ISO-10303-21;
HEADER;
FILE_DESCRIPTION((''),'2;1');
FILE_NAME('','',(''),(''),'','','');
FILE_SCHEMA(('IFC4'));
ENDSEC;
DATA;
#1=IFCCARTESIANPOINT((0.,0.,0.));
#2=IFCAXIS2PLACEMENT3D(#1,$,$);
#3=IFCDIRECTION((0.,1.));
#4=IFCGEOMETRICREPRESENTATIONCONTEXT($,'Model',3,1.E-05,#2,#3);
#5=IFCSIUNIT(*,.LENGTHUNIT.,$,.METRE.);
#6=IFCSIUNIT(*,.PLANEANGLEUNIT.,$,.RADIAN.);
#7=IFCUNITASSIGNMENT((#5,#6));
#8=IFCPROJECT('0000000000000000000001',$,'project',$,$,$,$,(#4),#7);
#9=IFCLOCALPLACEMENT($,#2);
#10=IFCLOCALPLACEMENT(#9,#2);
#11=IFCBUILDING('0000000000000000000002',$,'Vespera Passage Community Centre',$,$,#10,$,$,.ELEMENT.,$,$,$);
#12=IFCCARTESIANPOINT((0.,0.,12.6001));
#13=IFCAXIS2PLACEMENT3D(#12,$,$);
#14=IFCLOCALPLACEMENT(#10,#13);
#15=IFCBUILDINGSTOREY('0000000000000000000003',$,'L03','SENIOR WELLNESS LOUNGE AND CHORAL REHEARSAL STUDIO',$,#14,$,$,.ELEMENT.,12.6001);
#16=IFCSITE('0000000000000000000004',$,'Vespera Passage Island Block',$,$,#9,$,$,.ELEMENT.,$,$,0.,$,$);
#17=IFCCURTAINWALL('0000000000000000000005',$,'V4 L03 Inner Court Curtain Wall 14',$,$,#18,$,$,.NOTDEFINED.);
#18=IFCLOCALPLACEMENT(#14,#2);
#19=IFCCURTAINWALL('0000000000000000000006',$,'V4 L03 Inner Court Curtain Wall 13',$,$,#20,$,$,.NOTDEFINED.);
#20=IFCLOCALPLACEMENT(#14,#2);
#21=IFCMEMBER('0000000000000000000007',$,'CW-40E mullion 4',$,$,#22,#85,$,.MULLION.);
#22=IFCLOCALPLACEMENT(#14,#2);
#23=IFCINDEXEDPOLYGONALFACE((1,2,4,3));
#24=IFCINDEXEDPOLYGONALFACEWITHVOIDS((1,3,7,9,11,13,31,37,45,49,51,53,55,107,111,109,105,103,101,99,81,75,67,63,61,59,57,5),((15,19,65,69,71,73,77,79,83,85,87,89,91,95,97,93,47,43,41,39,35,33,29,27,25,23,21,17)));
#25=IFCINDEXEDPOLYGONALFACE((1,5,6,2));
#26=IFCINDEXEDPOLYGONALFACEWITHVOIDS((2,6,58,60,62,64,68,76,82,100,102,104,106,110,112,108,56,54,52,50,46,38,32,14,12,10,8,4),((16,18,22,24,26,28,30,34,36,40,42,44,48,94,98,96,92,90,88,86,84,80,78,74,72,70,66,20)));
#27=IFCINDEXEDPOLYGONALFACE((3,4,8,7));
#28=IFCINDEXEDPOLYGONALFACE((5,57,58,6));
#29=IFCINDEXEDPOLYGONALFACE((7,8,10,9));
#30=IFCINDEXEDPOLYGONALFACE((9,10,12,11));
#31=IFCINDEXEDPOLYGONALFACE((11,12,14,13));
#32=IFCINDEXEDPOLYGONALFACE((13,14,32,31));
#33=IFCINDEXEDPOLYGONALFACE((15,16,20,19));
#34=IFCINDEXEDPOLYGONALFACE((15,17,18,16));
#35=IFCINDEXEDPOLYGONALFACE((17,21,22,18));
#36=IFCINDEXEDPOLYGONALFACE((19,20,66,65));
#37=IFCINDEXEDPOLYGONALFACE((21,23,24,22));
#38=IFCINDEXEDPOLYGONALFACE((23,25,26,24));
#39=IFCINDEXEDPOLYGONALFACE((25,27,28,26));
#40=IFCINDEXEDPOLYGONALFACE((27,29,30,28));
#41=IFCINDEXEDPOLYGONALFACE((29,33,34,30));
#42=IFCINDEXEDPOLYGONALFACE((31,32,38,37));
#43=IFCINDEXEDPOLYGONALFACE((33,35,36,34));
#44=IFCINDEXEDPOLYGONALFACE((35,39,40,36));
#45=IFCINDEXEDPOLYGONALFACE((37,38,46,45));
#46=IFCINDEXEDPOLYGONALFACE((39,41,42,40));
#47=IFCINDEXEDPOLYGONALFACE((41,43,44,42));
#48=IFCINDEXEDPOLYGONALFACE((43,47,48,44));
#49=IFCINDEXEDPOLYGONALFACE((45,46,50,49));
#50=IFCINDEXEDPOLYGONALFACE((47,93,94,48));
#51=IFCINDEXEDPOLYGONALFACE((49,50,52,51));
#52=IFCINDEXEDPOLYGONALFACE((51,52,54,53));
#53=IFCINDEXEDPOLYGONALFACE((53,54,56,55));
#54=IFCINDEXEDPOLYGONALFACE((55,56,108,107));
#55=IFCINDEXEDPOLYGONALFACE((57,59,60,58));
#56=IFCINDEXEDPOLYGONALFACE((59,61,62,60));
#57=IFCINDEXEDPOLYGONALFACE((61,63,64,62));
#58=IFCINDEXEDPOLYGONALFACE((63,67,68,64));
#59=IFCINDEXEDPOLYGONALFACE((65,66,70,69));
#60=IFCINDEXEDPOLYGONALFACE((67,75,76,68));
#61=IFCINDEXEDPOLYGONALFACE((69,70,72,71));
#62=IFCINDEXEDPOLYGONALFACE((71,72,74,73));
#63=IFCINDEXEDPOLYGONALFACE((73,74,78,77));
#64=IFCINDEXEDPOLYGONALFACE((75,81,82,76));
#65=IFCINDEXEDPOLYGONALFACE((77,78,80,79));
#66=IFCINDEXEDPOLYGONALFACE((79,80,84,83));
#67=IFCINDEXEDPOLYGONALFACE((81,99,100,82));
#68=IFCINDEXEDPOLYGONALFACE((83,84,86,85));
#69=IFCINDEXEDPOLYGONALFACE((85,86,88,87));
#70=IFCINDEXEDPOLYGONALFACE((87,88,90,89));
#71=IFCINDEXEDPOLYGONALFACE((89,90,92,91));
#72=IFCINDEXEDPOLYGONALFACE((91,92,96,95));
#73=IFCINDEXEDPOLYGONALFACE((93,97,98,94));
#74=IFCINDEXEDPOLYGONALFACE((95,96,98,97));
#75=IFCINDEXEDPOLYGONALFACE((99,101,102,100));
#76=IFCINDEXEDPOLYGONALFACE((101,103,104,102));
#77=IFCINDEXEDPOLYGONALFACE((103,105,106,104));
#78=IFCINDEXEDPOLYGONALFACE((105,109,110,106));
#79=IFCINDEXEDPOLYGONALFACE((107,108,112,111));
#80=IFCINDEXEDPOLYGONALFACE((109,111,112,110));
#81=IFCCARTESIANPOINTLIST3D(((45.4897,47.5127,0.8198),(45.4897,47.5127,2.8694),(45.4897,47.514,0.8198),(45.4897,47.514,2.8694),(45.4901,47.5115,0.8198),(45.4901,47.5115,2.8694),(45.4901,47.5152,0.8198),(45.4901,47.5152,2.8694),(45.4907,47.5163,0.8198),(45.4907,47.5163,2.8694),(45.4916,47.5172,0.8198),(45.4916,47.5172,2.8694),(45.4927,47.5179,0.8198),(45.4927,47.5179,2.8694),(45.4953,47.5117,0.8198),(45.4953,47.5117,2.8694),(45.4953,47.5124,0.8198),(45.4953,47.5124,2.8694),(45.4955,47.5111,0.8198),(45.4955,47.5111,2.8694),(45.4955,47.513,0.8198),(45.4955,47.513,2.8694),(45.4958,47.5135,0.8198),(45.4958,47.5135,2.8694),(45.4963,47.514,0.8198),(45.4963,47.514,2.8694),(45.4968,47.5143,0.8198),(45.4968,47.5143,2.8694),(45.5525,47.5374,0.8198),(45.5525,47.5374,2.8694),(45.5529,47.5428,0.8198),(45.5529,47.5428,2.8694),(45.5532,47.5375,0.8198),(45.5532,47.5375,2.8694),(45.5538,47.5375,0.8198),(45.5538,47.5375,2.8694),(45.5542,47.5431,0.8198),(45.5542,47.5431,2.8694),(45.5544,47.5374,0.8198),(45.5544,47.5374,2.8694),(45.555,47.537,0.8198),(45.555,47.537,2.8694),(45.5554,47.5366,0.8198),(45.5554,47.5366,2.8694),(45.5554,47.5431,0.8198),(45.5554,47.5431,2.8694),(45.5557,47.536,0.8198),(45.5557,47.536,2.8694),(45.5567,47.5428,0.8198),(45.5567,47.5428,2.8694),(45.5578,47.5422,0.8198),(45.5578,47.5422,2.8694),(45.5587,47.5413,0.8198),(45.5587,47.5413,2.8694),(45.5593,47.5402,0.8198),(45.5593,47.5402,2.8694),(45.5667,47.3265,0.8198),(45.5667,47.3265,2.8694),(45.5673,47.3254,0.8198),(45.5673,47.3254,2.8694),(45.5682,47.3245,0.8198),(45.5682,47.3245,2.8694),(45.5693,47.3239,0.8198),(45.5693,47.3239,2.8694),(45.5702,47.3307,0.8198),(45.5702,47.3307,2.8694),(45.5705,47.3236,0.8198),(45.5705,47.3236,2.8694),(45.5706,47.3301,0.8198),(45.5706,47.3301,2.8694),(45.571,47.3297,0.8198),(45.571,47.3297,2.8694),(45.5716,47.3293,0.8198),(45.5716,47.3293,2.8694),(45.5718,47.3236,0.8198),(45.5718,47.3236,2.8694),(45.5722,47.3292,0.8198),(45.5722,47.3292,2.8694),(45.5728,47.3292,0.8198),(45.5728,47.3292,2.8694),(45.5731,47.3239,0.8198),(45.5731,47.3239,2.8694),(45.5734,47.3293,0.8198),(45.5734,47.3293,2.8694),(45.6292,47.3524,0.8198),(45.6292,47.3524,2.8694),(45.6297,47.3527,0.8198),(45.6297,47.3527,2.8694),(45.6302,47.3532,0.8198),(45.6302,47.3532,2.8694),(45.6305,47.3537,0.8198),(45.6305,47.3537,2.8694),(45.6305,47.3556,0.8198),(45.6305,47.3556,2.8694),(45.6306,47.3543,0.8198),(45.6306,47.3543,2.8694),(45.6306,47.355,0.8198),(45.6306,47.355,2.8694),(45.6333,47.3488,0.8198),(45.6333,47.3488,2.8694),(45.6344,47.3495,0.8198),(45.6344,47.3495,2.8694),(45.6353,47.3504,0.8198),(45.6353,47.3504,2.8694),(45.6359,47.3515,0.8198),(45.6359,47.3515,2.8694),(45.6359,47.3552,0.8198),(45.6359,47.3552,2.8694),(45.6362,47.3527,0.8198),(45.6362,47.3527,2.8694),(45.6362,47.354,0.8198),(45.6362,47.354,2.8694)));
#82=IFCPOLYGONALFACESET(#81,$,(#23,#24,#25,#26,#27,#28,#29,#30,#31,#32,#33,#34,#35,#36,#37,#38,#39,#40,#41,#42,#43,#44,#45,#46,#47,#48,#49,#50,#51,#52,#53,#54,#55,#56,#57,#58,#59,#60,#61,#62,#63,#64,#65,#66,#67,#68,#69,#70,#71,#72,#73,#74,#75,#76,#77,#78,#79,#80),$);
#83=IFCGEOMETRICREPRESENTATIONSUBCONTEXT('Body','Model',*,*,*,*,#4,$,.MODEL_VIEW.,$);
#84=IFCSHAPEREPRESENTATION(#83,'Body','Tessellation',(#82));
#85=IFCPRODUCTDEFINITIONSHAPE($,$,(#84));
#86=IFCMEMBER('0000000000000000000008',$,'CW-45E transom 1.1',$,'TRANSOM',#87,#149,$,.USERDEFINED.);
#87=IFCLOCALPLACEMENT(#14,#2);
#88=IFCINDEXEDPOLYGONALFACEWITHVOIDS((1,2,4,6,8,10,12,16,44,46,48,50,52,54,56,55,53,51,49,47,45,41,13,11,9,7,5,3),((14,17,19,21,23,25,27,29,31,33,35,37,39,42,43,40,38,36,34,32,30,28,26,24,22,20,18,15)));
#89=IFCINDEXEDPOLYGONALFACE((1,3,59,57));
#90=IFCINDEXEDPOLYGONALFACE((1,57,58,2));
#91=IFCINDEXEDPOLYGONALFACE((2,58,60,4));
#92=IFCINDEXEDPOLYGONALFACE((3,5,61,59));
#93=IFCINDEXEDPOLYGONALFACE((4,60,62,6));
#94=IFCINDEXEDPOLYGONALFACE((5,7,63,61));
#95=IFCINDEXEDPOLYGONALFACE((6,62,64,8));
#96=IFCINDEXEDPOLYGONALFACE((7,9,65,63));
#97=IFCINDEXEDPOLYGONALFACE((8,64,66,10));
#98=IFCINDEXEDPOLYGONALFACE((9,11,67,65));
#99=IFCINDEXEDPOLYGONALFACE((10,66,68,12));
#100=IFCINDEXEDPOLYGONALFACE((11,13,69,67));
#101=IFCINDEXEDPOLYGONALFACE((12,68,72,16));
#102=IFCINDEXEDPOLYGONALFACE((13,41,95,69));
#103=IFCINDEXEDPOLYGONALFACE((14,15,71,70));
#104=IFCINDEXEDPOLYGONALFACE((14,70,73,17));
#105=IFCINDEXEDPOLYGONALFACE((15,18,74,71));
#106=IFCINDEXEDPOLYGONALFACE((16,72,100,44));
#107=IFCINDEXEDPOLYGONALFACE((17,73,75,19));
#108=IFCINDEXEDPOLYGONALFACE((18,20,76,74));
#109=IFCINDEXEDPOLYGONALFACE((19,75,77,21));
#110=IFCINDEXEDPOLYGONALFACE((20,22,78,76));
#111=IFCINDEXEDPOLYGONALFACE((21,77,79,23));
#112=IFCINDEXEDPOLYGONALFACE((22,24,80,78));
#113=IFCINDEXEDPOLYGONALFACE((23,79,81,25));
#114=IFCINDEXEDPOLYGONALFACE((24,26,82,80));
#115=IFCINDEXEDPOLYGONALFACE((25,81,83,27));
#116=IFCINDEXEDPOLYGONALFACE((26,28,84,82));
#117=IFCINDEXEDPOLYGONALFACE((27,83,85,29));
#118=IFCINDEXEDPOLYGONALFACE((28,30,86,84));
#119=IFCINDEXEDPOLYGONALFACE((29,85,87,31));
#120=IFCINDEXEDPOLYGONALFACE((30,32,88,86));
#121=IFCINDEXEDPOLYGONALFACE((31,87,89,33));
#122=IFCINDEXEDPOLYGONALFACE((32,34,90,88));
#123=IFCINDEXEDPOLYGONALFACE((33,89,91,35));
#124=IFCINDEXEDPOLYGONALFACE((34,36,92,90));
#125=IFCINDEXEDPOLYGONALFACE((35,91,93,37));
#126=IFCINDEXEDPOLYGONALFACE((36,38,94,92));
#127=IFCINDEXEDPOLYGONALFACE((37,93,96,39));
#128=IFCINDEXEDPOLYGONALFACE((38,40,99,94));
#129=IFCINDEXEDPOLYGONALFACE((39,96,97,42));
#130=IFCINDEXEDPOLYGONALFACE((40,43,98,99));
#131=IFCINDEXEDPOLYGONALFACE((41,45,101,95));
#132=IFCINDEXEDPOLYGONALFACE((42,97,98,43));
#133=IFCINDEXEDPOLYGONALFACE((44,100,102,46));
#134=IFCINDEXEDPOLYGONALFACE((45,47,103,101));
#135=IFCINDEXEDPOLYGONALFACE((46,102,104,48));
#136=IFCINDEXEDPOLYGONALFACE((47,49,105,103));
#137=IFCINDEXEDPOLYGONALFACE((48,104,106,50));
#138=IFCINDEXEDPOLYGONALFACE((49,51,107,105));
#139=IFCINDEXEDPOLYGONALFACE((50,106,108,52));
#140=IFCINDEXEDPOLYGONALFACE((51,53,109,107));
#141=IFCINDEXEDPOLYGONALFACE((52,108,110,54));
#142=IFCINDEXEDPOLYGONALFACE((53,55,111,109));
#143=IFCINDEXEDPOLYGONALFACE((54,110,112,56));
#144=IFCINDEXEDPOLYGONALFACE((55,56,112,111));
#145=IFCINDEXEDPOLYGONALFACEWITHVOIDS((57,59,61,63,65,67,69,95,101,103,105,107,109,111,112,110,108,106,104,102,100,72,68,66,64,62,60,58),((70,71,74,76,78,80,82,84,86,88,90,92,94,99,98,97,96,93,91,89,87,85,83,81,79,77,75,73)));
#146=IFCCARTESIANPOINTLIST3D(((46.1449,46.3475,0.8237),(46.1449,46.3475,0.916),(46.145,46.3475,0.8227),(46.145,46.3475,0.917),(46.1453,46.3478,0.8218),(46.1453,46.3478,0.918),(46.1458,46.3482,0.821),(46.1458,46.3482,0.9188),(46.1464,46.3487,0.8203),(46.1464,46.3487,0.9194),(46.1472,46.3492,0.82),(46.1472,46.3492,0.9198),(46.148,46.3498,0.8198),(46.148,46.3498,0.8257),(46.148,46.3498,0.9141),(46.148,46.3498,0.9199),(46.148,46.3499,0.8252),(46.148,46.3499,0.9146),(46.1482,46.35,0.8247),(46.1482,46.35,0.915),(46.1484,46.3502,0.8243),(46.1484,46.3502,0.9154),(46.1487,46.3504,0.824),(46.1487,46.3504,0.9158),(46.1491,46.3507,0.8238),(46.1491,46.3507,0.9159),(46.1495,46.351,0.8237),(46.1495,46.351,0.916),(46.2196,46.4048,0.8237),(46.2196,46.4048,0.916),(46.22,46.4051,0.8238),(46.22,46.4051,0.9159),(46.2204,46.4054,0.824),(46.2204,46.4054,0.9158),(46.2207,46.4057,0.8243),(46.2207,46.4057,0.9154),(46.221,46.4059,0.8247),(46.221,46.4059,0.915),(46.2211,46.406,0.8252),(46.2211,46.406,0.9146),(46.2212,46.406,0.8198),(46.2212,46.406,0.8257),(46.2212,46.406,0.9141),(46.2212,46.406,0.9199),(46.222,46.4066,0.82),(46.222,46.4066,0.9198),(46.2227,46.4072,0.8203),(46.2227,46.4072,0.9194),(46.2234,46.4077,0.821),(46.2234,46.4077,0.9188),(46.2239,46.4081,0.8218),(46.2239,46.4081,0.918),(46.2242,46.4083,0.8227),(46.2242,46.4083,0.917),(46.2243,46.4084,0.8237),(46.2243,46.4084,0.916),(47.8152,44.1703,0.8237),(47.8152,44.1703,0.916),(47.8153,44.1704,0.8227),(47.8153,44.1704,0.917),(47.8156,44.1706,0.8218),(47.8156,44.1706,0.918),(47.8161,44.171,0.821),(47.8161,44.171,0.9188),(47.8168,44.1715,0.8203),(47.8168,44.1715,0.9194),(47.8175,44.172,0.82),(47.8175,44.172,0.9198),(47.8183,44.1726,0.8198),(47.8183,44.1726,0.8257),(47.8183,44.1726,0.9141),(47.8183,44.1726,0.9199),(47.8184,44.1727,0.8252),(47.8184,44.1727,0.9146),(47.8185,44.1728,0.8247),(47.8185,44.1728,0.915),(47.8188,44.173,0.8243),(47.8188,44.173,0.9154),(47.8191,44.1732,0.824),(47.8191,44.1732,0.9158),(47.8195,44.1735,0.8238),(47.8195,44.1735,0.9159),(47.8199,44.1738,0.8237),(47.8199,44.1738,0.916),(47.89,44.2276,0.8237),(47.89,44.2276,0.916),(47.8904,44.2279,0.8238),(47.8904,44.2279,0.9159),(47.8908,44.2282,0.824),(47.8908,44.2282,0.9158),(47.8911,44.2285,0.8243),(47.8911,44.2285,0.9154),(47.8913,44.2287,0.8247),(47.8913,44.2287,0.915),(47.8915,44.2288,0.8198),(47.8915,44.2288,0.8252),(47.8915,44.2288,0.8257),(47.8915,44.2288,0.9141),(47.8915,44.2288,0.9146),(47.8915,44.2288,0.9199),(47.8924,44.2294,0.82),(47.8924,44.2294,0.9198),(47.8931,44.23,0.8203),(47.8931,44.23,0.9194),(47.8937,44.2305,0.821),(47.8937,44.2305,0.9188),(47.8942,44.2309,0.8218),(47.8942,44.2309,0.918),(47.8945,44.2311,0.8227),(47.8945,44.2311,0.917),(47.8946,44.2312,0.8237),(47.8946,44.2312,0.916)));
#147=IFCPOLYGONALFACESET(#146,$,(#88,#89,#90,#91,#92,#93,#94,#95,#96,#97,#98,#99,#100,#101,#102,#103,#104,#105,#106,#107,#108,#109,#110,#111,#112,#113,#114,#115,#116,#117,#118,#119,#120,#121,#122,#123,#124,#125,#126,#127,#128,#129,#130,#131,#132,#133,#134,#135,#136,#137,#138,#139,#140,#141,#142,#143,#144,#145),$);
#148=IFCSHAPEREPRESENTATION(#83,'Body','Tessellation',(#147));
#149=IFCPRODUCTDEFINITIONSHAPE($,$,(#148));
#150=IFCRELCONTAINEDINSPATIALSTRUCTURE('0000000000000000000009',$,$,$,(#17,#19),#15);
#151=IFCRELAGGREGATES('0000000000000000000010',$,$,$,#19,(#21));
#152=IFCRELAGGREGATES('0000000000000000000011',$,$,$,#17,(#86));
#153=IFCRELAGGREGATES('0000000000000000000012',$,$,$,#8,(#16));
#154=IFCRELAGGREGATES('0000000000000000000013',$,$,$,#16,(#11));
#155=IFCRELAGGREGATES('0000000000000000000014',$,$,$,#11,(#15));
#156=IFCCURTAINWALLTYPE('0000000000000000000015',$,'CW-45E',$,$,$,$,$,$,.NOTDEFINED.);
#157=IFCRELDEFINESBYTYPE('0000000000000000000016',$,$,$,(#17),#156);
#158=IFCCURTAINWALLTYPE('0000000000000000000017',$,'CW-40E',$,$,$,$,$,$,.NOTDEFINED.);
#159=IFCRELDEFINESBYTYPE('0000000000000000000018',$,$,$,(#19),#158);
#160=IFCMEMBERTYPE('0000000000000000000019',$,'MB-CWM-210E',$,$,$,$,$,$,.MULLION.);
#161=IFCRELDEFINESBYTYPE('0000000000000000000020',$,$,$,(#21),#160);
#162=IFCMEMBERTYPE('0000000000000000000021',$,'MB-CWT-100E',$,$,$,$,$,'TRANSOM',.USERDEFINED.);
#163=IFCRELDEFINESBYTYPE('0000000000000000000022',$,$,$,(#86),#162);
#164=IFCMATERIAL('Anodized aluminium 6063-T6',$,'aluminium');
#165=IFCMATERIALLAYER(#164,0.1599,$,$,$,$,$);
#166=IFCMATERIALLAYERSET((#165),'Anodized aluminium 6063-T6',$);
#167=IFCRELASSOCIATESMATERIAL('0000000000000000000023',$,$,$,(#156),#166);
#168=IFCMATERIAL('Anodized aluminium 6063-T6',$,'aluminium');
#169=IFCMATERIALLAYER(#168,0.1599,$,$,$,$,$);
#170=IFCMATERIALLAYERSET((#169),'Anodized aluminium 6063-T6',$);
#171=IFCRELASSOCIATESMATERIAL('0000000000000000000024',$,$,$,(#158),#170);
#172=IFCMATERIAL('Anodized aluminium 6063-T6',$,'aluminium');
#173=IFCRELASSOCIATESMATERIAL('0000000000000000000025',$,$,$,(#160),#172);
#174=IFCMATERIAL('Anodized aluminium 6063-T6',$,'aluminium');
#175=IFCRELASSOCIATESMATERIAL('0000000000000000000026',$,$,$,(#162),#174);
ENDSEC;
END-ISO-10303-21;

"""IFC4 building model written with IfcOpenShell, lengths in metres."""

from ifc_helpers import new_model, si_unit, direction, frame, origin, origin_2d, place, context, subcontext, project, spatial, hollow_rectangle, extrude, material, layer, layer_set, material_profile, profile_set, type_object, element, aggregate, save


model = new_model("IFC4")

# Units and contexts
model_context = context("Model", 3, precision=1e-05, world=origin(), true_north=direction((0.0, 1.0)))
body_context = subcontext(model_context, "Body", "Model", "MODEL_VIEW")
ifc_project = project(units=[si_unit("LENGTHUNIT", "METRE"), si_unit("PLANEANGLEUNIT", "RADIAN")], contexts=[model_context])

# Site, building, storey
site_placement = place(None, origin())
site = spatial("IfcSite", under=ifc_project, at=site_placement, Name="Vespera Passage Island Block", CompositionType="ELEMENT", RefElevation=0.0)
building_placement = place(site_placement, origin())
building = spatial("IfcBuilding", under=site, at=building_placement, Name="Vespera Passage Community Centre", CompositionType="ELEMENT")
storey_placement = place(building_placement, frame((0.0, 0.0, 12.6001)))
storey = spatial("IfcBuildingStorey", under=building, at=storey_placement, Name="L03", Description="SENIOR WELLNESS LOUNGE AND CHORAL REHEARSAL STUDIO", CompositionType="ELEMENT", Elevation=12.6001)

# Curtain wall
ifc_material_1 = material(Name="Anodized aluminium 6063-T6", Category="aluminium")
ifc_layer_1 = layer(ifc_material_1, 0.1599)
ifc_layer_set_1 = layer_set([ifc_layer_1], Name="Anodized aluminium 6063-T6")
curtain_wall_type_1 = type_object("IfcCurtainWallType", Name="CW-45E", PredefinedType="NOTDEFINED", material=ifc_layer_set_1)
curtain_wall_1_placement = place(storey_placement, origin())
curtain_wall_1 = element("IfcCurtainWall", 1, at=curtain_wall_1_placement, inside=storey, type_object=curtain_wall_type_1, Name="V4 L03 Inner Court Curtain Wall 14", PredefinedType="NOTDEFINED")

# Curtain wall, member
ifc_material_2 = material(Name="Anodized aluminium 6063-T6", Category="aluminium")
ifc_layer_2 = layer(ifc_material_2, 0.1599)
ifc_layer_set_2 = layer_set([ifc_layer_2], Name="Anodized aluminium 6063-T6")
curtain_wall_type_2 = type_object("IfcCurtainWallType", Name="CW-40E", PredefinedType="NOTDEFINED", material=ifc_layer_set_2)
curtain_wall_2_placement = place(storey_placement, origin())
curtain_wall_2 = element("IfcCurtainWall", 2, at=curtain_wall_2_placement, inside=storey, type_object=curtain_wall_type_2, Name="V4 L03 Inner Court Curtain Wall 13", PredefinedType="NOTDEFINED")
ifc_material_3 = material(Name="Anodized aluminium 6063-T6", Category="aluminium")
ifc_material_profile_1 = material_profile(ifc_material_3, hollow_rectangle(XDim=0.075, YDim=0.21, WallThickness=0.0049, InnerFilletRadius=0.0024, OuterFilletRadius=0.0049, at=origin_2d()), Name="ALU210X75X5")
ifc_profile_set_1 = profile_set([ifc_material_profile_1], Name="Anodized aluminium 6063-T6")
member_type_1 = type_object("IfcMemberType", Name="MB-CWM-210E", PredefinedType="MULLION", material=ifc_profile_set_1)
member_1_placement = place(storey_placement, frame((45.563, 47.4333, 0.8198), z_axis=(0.0, 0.0, 1.0), x_axis=(0.923877, 0.38269, 0.0)))
member_1 = element("IfcMember", 3, at=member_1_placement, type_object=member_type_1, Name="CW-40E mullion 4", PredefinedType="MULLION", context=body_context, shape_type="SweptSolid", body=[
    extrude(hollow_rectangle(XDim=0.075, YDim=0.21, WallThickness=0.0049, InnerFilletRadius=0.0024, OuterFilletRadius=0.0049, at=origin_2d()), origin(), (0.0, 0.0, 1.0), 2.0496),
])

# Member
ifc_material_4 = material(Name="Anodized aluminium 6063-T6", Category="aluminium")
ifc_material_profile_2 = material_profile(ifc_material_4, hollow_rectangle(XDim=0.1001, YDim=0.1001, WallThickness=0.0039, InnerFilletRadius=0.002, OuterFilletRadius=0.0039, at=origin_2d()), Name="ALU100X100X4")
ifc_profile_set_2 = profile_set([ifc_material_profile_2], Name="Anodized aluminium 6063-T6")
member_type_2 = type_object("IfcMemberType", Name="MB-CWT-100E", ElementType="TRANSOM", PredefinedType="USERDEFINED", material=ifc_profile_set_2)
member_2_placement = place(storey_placement, frame((46.1846, 46.3779, 0.8699), z_axis=(0.608704, -0.793397, 0.0), x_axis=(0.793397, 0.608704, 0.0)))
member_2 = element("IfcMember", 4, at=member_2_placement, type_object=member_type_2, Name="CW-45E transom 1.1", ObjectType="TRANSOM", PredefinedType="USERDEFINED", context=body_context, shape_type="SweptSolid", body=[
    extrude(hollow_rectangle(XDim=0.1001, YDim=0.1001, WallThickness=0.0039, InnerFilletRadius=0.002, OuterFilletRadius=0.0039, at=origin_2d()), origin(), (0.0, 0.0, 1.0), 2.7441),
])

aggregate(curtain_wall_2, [member_1])
aggregate(curtain_wall_1, [member_2])

save(model, "model.ifc")
